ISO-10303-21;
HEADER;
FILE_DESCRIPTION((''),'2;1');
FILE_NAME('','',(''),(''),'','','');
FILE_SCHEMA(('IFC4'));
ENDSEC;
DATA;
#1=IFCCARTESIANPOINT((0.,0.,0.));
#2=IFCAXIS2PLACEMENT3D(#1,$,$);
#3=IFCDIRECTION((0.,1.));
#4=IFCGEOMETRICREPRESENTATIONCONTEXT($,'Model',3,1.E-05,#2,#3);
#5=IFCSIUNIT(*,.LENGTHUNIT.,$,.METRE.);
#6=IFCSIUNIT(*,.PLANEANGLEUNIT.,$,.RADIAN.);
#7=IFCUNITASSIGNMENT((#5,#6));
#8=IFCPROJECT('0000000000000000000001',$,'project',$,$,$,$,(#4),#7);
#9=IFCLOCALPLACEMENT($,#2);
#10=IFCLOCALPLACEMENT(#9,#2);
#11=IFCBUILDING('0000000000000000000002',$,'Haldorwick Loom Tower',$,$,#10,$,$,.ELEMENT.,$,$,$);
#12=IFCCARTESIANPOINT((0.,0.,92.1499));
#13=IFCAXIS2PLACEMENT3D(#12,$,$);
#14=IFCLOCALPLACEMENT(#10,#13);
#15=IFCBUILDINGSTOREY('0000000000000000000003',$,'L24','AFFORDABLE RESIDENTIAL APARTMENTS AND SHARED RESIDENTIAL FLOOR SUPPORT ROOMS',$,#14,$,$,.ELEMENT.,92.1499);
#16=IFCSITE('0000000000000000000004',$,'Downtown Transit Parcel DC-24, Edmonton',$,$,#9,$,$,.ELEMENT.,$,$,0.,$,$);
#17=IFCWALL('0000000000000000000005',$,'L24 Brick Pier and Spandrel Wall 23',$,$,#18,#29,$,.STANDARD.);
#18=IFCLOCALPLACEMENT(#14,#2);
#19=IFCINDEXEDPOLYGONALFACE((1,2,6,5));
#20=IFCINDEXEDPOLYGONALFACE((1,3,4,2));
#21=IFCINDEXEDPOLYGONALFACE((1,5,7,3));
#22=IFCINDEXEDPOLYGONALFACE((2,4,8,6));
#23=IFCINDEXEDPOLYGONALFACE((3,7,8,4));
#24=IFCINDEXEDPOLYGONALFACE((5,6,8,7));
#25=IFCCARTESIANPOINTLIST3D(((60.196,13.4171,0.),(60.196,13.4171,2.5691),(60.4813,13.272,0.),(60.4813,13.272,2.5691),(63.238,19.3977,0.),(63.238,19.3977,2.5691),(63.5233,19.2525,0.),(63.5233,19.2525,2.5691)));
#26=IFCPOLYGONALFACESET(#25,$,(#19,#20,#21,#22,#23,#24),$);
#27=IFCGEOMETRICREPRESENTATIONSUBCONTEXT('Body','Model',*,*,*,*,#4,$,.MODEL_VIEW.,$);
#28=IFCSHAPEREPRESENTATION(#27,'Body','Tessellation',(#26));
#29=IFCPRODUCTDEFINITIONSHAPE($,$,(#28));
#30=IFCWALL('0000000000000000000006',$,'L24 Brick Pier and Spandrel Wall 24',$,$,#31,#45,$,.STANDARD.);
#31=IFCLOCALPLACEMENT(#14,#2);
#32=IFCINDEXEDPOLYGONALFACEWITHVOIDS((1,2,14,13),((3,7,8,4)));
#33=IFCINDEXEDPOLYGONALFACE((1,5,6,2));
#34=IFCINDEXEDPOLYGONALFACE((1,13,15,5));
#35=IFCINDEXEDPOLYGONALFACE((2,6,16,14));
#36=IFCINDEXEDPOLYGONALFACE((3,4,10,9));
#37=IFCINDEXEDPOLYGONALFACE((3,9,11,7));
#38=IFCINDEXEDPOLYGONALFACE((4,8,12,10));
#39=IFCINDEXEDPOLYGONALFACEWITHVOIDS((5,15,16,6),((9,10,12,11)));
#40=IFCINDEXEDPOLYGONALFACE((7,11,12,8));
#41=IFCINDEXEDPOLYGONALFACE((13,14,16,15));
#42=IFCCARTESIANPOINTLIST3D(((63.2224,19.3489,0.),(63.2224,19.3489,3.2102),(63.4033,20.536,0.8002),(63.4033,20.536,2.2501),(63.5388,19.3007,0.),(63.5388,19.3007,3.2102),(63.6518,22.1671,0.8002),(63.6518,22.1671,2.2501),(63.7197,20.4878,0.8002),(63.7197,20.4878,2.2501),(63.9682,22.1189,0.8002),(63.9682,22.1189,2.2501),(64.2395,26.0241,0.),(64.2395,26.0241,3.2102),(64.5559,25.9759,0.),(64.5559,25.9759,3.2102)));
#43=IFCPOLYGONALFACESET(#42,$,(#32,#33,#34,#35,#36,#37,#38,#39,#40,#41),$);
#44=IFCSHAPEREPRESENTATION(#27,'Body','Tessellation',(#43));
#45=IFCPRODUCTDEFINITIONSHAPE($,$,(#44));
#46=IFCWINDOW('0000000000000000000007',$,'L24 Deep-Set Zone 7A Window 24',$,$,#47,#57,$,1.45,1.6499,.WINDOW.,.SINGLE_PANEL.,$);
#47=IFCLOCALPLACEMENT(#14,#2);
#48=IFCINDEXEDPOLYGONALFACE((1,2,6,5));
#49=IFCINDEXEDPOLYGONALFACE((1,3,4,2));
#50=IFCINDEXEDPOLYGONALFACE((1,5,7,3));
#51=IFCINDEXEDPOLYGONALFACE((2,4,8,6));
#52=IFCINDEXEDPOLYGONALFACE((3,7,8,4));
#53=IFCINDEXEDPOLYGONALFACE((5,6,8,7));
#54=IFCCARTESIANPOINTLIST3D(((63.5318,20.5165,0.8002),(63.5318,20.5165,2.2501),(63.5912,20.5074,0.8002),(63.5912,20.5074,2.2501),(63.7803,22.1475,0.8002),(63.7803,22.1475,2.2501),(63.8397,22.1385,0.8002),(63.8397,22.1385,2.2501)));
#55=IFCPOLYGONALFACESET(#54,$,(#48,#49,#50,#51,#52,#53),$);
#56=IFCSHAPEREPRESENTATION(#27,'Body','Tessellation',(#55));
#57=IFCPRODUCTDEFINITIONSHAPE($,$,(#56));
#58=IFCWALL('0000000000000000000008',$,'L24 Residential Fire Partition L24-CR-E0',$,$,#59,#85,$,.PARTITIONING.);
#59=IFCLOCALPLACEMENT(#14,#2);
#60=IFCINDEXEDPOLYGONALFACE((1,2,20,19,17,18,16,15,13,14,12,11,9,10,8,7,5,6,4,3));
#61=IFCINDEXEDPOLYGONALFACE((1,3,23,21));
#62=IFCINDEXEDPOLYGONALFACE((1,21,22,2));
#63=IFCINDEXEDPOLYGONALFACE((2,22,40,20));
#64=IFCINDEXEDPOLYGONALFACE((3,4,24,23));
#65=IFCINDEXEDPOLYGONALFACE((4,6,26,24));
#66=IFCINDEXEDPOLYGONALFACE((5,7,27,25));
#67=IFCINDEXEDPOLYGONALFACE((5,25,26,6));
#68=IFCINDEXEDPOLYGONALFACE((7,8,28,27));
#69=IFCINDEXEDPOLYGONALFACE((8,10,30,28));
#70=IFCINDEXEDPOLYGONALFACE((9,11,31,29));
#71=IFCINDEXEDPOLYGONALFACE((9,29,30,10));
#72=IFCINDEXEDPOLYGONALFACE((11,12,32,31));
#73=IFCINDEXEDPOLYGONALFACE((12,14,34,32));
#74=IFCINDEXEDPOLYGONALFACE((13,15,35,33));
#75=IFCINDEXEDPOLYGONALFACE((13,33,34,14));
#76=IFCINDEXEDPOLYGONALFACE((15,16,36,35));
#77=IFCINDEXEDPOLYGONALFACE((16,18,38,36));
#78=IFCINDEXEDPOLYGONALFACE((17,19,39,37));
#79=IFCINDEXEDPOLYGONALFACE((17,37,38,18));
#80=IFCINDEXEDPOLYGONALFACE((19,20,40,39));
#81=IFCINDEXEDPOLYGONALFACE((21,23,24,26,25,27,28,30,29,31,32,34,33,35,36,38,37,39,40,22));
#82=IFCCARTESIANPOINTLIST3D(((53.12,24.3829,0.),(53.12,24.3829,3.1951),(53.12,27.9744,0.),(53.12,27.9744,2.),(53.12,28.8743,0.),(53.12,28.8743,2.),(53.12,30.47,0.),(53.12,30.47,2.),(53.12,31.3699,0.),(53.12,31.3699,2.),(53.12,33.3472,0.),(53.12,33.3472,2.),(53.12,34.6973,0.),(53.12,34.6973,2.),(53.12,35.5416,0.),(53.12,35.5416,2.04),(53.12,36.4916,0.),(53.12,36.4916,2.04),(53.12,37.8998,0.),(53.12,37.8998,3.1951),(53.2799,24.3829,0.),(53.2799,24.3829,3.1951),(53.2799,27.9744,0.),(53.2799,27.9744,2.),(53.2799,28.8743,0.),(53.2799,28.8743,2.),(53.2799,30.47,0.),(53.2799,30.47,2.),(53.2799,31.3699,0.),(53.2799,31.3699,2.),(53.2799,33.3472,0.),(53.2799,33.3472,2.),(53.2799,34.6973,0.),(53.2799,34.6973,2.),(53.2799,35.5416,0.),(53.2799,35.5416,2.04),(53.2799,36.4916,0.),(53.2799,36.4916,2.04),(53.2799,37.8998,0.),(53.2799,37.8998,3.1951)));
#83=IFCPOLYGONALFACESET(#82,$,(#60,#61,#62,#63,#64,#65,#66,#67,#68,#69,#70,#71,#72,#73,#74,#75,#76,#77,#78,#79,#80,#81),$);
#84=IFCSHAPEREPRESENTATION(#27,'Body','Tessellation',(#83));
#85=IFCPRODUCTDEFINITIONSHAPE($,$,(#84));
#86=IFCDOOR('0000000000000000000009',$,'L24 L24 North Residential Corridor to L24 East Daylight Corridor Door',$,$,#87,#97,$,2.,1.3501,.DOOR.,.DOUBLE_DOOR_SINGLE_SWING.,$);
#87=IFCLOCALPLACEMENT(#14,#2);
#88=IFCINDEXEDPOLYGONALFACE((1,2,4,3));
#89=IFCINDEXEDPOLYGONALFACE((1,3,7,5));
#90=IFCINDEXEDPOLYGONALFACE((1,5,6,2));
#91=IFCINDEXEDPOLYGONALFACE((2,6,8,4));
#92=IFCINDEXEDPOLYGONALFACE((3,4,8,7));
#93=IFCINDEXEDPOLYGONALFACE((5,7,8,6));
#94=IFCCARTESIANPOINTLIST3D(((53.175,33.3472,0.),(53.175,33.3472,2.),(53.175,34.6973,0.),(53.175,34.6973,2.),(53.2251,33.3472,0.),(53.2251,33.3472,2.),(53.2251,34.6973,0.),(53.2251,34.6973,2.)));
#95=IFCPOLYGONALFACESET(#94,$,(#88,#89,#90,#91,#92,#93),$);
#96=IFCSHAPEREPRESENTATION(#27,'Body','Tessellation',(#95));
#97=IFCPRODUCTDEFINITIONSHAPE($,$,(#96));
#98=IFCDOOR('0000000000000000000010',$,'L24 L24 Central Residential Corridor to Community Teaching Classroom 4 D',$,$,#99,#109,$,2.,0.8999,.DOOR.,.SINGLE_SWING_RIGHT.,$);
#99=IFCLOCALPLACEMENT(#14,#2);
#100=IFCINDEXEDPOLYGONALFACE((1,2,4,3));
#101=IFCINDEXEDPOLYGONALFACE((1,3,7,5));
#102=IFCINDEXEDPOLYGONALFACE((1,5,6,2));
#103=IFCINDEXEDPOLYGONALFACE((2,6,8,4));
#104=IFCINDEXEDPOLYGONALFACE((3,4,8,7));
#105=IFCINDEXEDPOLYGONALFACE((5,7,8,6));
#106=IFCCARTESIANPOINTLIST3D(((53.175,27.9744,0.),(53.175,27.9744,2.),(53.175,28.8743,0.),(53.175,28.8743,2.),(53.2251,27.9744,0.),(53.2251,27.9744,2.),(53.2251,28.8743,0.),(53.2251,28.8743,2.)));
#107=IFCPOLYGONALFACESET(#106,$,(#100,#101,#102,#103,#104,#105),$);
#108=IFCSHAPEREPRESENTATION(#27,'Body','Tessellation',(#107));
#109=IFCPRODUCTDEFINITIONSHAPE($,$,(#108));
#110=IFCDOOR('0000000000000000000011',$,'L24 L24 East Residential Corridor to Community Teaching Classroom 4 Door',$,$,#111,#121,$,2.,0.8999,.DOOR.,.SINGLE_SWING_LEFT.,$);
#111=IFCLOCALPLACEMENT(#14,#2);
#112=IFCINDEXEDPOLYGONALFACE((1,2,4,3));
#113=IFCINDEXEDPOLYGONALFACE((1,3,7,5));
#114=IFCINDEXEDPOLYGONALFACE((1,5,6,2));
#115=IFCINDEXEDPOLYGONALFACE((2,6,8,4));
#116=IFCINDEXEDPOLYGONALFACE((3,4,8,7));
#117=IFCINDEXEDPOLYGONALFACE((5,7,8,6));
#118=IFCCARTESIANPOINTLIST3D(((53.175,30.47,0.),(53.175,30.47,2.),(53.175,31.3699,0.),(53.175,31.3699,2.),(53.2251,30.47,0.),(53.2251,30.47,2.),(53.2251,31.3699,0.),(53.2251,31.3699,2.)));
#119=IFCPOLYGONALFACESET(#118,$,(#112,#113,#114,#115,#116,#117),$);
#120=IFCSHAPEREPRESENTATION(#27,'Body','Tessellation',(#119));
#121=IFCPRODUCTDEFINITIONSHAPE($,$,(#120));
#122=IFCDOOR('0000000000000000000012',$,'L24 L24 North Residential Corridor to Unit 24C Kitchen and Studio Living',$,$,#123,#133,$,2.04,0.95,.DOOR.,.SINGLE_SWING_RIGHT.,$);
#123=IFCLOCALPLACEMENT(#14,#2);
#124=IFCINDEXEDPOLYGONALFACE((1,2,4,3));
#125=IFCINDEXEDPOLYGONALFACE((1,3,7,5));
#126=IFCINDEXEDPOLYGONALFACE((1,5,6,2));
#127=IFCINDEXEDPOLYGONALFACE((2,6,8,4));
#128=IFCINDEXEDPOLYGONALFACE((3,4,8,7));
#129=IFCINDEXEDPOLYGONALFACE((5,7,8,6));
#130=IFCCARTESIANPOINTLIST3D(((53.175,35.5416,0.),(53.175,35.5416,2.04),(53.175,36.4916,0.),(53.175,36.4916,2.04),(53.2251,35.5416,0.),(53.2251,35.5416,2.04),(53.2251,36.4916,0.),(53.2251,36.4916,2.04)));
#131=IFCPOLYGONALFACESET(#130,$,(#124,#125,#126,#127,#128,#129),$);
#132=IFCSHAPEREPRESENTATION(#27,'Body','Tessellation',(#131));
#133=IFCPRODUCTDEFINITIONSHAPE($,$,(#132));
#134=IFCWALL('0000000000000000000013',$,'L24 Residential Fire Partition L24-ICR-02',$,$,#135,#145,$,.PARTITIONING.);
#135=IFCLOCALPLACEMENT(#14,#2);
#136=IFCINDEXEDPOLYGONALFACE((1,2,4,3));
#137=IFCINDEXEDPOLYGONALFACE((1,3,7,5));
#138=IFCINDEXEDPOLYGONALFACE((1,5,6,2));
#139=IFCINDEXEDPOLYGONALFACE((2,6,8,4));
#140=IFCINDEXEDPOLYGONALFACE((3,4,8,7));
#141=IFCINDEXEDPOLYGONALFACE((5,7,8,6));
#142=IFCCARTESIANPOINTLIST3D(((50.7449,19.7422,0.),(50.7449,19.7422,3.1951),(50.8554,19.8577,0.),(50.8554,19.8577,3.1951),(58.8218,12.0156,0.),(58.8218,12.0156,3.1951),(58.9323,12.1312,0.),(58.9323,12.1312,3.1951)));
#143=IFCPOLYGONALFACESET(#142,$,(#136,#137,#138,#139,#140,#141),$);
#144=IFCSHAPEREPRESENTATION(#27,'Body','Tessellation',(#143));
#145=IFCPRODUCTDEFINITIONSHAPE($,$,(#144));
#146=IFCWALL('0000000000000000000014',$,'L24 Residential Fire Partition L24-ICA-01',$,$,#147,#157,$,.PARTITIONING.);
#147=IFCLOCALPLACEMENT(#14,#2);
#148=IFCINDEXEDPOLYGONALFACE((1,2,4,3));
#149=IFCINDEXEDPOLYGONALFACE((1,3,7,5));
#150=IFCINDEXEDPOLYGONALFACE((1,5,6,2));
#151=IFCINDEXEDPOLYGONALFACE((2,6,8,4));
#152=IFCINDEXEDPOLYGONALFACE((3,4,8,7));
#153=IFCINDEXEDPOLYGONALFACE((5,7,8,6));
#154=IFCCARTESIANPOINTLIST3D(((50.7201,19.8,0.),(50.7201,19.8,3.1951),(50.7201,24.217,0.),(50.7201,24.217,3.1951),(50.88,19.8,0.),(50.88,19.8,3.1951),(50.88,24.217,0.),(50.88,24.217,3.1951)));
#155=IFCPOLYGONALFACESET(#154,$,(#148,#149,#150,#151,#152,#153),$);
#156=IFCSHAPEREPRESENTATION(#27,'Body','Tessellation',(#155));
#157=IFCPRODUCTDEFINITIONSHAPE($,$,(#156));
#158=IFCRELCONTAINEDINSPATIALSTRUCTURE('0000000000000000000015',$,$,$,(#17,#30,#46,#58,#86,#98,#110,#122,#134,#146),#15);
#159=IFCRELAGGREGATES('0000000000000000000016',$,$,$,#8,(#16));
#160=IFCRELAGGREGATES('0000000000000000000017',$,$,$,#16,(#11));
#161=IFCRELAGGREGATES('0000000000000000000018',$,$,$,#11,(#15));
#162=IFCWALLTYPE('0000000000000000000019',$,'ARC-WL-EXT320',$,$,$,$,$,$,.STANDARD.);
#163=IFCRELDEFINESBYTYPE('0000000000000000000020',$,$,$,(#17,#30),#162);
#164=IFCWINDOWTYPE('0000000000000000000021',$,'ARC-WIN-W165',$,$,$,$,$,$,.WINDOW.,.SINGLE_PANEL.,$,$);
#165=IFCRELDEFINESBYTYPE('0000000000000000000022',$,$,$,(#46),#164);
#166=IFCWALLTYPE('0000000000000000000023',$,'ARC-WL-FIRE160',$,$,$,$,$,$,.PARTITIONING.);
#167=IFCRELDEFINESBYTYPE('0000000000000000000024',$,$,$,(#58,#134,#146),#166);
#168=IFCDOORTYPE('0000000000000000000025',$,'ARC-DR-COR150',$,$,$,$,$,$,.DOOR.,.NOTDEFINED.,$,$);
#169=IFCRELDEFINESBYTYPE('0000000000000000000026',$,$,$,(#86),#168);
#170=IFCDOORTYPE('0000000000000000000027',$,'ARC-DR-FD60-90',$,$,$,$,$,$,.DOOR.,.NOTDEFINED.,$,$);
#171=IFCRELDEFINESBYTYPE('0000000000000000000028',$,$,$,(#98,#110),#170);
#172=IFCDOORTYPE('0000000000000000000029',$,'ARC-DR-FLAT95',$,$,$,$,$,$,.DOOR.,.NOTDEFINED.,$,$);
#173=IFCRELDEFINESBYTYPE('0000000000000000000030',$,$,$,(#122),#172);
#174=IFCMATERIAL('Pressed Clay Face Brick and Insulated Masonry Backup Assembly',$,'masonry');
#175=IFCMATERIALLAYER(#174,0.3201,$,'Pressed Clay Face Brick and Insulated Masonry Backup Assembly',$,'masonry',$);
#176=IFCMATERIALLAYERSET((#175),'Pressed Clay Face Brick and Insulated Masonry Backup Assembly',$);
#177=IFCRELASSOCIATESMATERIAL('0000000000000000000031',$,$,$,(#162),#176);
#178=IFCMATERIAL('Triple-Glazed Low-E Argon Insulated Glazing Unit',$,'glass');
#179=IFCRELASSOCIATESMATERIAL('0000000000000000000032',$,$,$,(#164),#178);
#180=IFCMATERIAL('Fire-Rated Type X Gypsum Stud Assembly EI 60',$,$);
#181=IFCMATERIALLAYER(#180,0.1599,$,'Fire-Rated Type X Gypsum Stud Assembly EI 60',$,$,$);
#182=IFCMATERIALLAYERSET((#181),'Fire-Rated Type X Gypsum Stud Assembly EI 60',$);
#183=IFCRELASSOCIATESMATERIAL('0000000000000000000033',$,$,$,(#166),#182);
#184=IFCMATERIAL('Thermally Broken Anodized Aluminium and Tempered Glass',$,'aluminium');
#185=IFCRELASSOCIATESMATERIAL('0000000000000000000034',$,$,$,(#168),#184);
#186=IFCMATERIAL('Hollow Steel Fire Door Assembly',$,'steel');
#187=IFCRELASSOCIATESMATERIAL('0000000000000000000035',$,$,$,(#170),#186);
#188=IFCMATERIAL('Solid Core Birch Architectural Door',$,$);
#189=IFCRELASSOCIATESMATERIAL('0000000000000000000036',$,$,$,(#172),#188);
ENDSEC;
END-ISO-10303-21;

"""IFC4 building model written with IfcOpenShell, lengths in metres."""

from ifc_helpers import new_model, si_unit, direction, frame, frame_2d, origin, place, context, subcontext, project, spatial, rectangle, extrude, material, layer, layer_set, type_object, element, fill, save


model = new_model("IFC4")

# Units and contexts
model_context = context("Model", 3, precision=1e-05, world=origin(), true_north=direction((0.0, 1.0)))
body_context = subcontext(model_context, "Body", "Model", "MODEL_VIEW")
ifc_project = project(units=[si_unit("LENGTHUNIT", "METRE"), si_unit("PLANEANGLEUNIT", "RADIAN")], contexts=[model_context])

# Site, building, storey
site_placement = place(None, origin())
site = spatial("IfcSite", under=ifc_project, at=site_placement, Name="Downtown Transit Parcel DC-24, Edmonton", CompositionType="ELEMENT", RefElevation=0.0)
building_placement = place(site_placement, origin())
building = spatial("IfcBuilding", under=site, at=building_placement, Name="Haldorwick Loom Tower", CompositionType="ELEMENT")
storey_placement = place(building_placement, frame((0.0, 0.0, 92.1499)))
storey = spatial("IfcBuildingStorey", under=building, at=storey_placement, Name="L24", Description="AFFORDABLE RESIDENTIAL APARTMENTS AND SHARED RESIDENTIAL FLOOR SUPPORT ROOMS", CompositionType="ELEMENT", Elevation=92.1499)

# Shared definitions
ifc_material_1 = material(Name="Pressed Clay Face Brick and Insulated Masonry Backup Assembly", Category="masonry")
ifc_layer_1 = layer(ifc_material_1, 0.3201, Name="Pressed Clay Face Brick and Insulated Masonry Backup Assembly", Category="masonry")
ifc_layer_set_1 = layer_set([ifc_layer_1], Name="Pressed Clay Face Brick and Insulated Masonry Backup Assembly")
wall_type_1 = type_object("IfcWallType", Name="ARC-WL-EXT320", PredefinedType="STANDARD", material=ifc_layer_set_1)
ifc_material_2 = material(Name="Triple-Glazed Low-E Argon Insulated Glazing Unit", Category="glass")
window_type = type_object("IfcWindowType", Name="ARC-WIN-W165", PartitioningType="SINGLE_PANEL", PredefinedType="WINDOW", material=ifc_material_2)

# Wall
wall_1_placement = place(storey_placement, frame((60.3386, 13.3445, 0.0), z_axis=(0.0, 0.0, 1.0), x_axis=(0.453374, 0.89132, 0.0)))
element("IfcWall", 1, at=wall_1_placement, inside=storey, type_object=wall_type_1, Name="L24 Brick Pier and Spandrel Wall 23", PredefinedType="STANDARD", context=body_context, shape_type="SweptSolid", body=[
    extrude(rectangle(XDim=6.7097, YDim=0.3201, at=frame_2d((3.355, 0.0))), origin(), (0.0, 0.0, 1.0), 2.5691),
])

# Wall, opening, window
wall_2_placement = place(storey_placement, frame((63.3806, 19.325, 0.0), z_axis=(0.0, 0.0, 1.0), x_axis=(0.150633, 0.98859, 0.0)))
wall_2 = element("IfcWall", 2, at=wall_2_placement, inside=storey, type_object=wall_type_1, Name="L24 Brick Pier and Spandrel Wall 24", PredefinedType="STANDARD", context=body_context, shape_type="SweptSolid", body=[
    extrude(rectangle(XDim=6.7522, YDim=0.3201, at=frame_2d((3.376, 0.0))), origin(), (0.0, 0.0, 1.0), 3.2102),
])
opening_1_placement = place(wall_2_placement, frame((1.2007, 0.0, 0.8)))
opening_1 = element("IfcOpeningElement", 3, at=opening_1_placement, cuts=wall_2, PredefinedType="OPENING", context=body_context, shape_type="SweptSolid", body=[
    extrude(rectangle(XDim=1.6499, YDim=1.45, at=frame_2d((0.825, 0.7251))), frame((0.0, 0.1699, 0.0), z_axis=(0.0, -1.0, 0.0), x_axis=(1.0, 0.0, 0.0)), (0.0, 0.0, 1.0), 0.3401),
])
window_1_placement = place(opening_1_placement, origin())
window_1 = element("IfcWindow", 4, at=window_1_placement, inside=storey, type_object=window_type, Name="L24 Deep-Set Zone 7A Window 24", OverallHeight=1.45, OverallWidth=1.6499, PartitioningType="SINGLE_PANEL", PredefinedType="WINDOW", context=body_context, shape_type="SweptSolid", body=[
    extrude(rectangle(XDim=1.6499, YDim=1.45, at=frame_2d((0.825, 0.7251))), frame((0.0, 0.03, 0.0), z_axis=(0.0, -1.0, 0.0), x_axis=(1.0, 0.0, 0.0)), (0.0, 0.0, 1.0), 0.0601),
])
fill(opening_1, window_1)

# Wall, openings, doors
ifc_material_3 = material(Name="Fire-Rated Type X Gypsum Stud Assembly EI 60")
ifc_layer_2 = layer(ifc_material_3, 0.1599, Name="Fire-Rated Type X Gypsum Stud Assembly EI 60")
ifc_layer_set_2 = layer_set([ifc_layer_2], Name="Fire-Rated Type X Gypsum Stud Assembly EI 60")
wall_type_2 = type_object("IfcWallType", Name="ARC-WL-FIRE160", PredefinedType="PARTITIONING", material=ifc_layer_set_2)
wall_3_placement = place(storey_placement, frame((53.2, 24.3831, 0.0), z_axis=(0.0, 0.0, 1.0), x_axis=(0.0, 1.0, 0.0)))
wall_3 = element("IfcWall", 5, at=wall_3_placement, inside=storey, type_object=wall_type_2, Name="L24 Residential Fire Partition L24-CR-E0", PredefinedType="PARTITIONING", context=body_context, shape_type="SweptSolid", body=[
    extrude(rectangle(XDim=13.5168, YDim=0.1599, at=frame_2d((6.7583, 0.0))), origin(), (0.0, 0.0, 1.0), 3.1951),
])
opening_2_placement = place(wall_3_placement, frame((8.9641, 0.0, 0.0)))
opening_2 = element("IfcOpeningElement", 6, at=opening_2_placement, cuts=wall_3, PredefinedType="OPENING", context=body_context, shape_type="SweptSolid", body=[
    extrude(rectangle(XDim=1.3501, YDim=2.0, at=frame_2d((0.675, 1.0))), frame((0.0, 0.0898, 0.0), z_axis=(0.0, -1.0, 0.0), x_axis=(1.0, 0.0, 0.0)), (0.0, 0.0, 1.0), 0.1799),
])
opening_3_placement = place(wall_3_placement, frame((3.5913, 0.0, 0.0)))
opening_3 = element("IfcOpeningElement", 7, at=opening_3_placement, cuts=wall_3, PredefinedType="OPENING", context=body_context, shape_type="SweptSolid", body=[
    extrude(rectangle(XDim=0.8999, YDim=2.0, at=frame_2d((0.45, 1.0))), frame((0.0, 0.0898, 0.0), z_axis=(0.0, -1.0, 0.0), x_axis=(1.0, 0.0, 0.0)), (0.0, 0.0, 1.0), 0.1799),
])
opening_4_placement = place(wall_3_placement, frame((6.0869, 0.0, 0.0)))
opening_4 = element("IfcOpeningElement", 8, at=opening_4_placement, cuts=wall_3, PredefinedType="OPENING", context=body_context, shape_type="SweptSolid", body=[
    extrude(rectangle(XDim=0.8999, YDim=2.0, at=frame_2d((0.45, 1.0))), frame((0.0, 0.0898, 0.0), z_axis=(0.0, -1.0, 0.0), x_axis=(1.0, 0.0, 0.0)), (0.0, 0.0, 1.0), 0.1799),
])
opening_5_placement = place(wall_3_placement, frame((11.1584, 0.0, 0.0)))
opening_5 = element("IfcOpeningElement", 9, at=opening_5_placement, cuts=wall_3, PredefinedType="OPENING", context=body_context, shape_type="SweptSolid", body=[
    extrude(rectangle(XDim=0.95, YDim=2.04, at=frame_2d((0.4751, 1.02))), frame((0.0, 0.0898, 0.0), z_axis=(0.0, -1.0, 0.0), x_axis=(1.0, 0.0, 0.0)), (0.0, 0.0, 1.0), 0.1799),
])
ifc_material_4 = material(Name="Thermally Broken Anodized Aluminium and Tempered Glass", Category="aluminium")
door_type_1 = type_object("IfcDoorType", Name="ARC-DR-COR150", OperationType="NOTDEFINED", PredefinedType="DOOR", material=ifc_material_4)
door_1_placement = place(opening_2_placement, origin())
door_1 = element("IfcDoor", 10, at=door_1_placement, inside=storey, type_object=door_type_1, Name="L24 L24 North Residential Corridor to L24 East Daylight Corridor Door", OperationType="DOUBLE_DOOR_SINGLE_SWING", OverallHeight=2.0, OverallWidth=1.3501, PredefinedType="DOOR", context=body_context, shape_type="SweptSolid", body=[
    extrude(rectangle(XDim=1.3501, YDim=2.0, at=frame_2d((0.675, 1.0))), frame((0.0, 0.0249, 0.0), z_axis=(0.0, -1.0, 0.0), x_axis=(1.0, 0.0, 0.0)), (0.0, 0.0, 1.0), 0.05),
])
fill(opening_2, door_1)
ifc_material_5 = material(Name="Hollow Steel Fire Door Assembly", Category="steel")
door_type_2 = type_object("IfcDoorType", Name="ARC-DR-FD60-90", OperationType="NOTDEFINED", PredefinedType="DOOR", material=ifc_material_5)
door_2_placement = place(opening_3_placement, origin())
door_2 = element("IfcDoor", 11, at=door_2_placement, inside=storey, type_object=door_type_2, Name="L24 L24 Central Residential Corridor to Community Teaching Classroom 4 D", OperationType="SINGLE_SWING_RIGHT", OverallHeight=2.0, OverallWidth=0.8999, PredefinedType="DOOR", context=body_context, shape_type="SweptSolid", body=[
    extrude(rectangle(XDim=0.8999, YDim=2.0, at=frame_2d((0.45, 1.0))), frame((0.0, 0.0249, 0.0), z_axis=(0.0, -1.0, 0.0), x_axis=(1.0, 0.0, 0.0)), (0.0, 0.0, 1.0), 0.05),
])
fill(opening_3, door_2)
door_3_placement = place(opening_4_placement, origin())
door_3 = element("IfcDoor", 12, at=door_3_placement, inside=storey, type_object=door_type_2, Name="L24 L24 East Residential Corridor to Community Teaching Classroom 4 Door", OperationType="SINGLE_SWING_LEFT", OverallHeight=2.0, OverallWidth=0.8999, PredefinedType="DOOR", context=body_context, shape_type="SweptSolid", body=[
    extrude(rectangle(XDim=0.8999, YDim=2.0, at=frame_2d((0.45, 1.0))), frame((0.0, 0.0249, 0.0), z_axis=(0.0, -1.0, 0.0), x_axis=(1.0, 0.0, 0.0)), (0.0, 0.0, 1.0), 0.05),
])
fill(opening_4, door_3)
ifc_material_6 = material(Name="Solid Core Birch Architectural Door")
door_type_3 = type_object("IfcDoorType", Name="ARC-DR-FLAT95", OperationType="NOTDEFINED", PredefinedType="DOOR", material=ifc_material_6)
door_4_placement = place(opening_5_placement, origin())
door_4 = element("IfcDoor", 13, at=door_4_placement, inside=storey, type_object=door_type_3, Name="L24 L24 North Residential Corridor to Unit 24C Kitchen and Studio Living", OperationType="SINGLE_SWING_RIGHT", OverallHeight=2.04, OverallWidth=0.95, PredefinedType="DOOR", context=body_context, shape_type="SweptSolid", body=[
    extrude(rectangle(XDim=0.95, YDim=2.04, at=frame_2d((0.4751, 1.02))), frame((0.0, 0.0249, 0.0), z_axis=(0.0, -1.0, 0.0), x_axis=(1.0, 0.0, 0.0)), (0.0, 0.0, 1.0), 0.05),
])
fill(opening_5, door_4)

# Walls
wall_4_placement = place(storey_placement, frame((50.8, 19.8, 0.0), z_axis=(0.0, 0.0, 1.0), x_axis=(0.722605, -0.691261, 0.0)))
element("IfcWall", 14, at=wall_4_placement, inside=storey, type_object=wall_type_2, Name="L24 Residential Fire Partition L24-ICR-02", PredefinedType="PARTITIONING", context=body_context, shape_type="SweptSolid", body=[
    extrude(rectangle(XDim=11.1775, YDim=0.1599, at=frame_2d((5.5889, 0.0))), origin(), (0.0, 0.0, 1.0), 3.1951),
])
wall_5_placement = place(storey_placement, frame((50.8, 24.217, 0.0), z_axis=(0.0, 0.0, 1.0), x_axis=(0.0, -1.0, 0.0)))
element("IfcWall", 15, at=wall_5_placement, inside=storey, type_object=wall_type_2, Name="L24 Residential Fire Partition L24-ICA-01", PredefinedType="PARTITIONING", context=body_context, shape_type="SweptSolid", body=[
    extrude(rectangle(XDim=4.417, YDim=0.1599, at=frame_2d((2.2085, 0.0))), origin(), (0.0, 0.0, 1.0), 3.1951),
])

save(model, "model.ifc")
